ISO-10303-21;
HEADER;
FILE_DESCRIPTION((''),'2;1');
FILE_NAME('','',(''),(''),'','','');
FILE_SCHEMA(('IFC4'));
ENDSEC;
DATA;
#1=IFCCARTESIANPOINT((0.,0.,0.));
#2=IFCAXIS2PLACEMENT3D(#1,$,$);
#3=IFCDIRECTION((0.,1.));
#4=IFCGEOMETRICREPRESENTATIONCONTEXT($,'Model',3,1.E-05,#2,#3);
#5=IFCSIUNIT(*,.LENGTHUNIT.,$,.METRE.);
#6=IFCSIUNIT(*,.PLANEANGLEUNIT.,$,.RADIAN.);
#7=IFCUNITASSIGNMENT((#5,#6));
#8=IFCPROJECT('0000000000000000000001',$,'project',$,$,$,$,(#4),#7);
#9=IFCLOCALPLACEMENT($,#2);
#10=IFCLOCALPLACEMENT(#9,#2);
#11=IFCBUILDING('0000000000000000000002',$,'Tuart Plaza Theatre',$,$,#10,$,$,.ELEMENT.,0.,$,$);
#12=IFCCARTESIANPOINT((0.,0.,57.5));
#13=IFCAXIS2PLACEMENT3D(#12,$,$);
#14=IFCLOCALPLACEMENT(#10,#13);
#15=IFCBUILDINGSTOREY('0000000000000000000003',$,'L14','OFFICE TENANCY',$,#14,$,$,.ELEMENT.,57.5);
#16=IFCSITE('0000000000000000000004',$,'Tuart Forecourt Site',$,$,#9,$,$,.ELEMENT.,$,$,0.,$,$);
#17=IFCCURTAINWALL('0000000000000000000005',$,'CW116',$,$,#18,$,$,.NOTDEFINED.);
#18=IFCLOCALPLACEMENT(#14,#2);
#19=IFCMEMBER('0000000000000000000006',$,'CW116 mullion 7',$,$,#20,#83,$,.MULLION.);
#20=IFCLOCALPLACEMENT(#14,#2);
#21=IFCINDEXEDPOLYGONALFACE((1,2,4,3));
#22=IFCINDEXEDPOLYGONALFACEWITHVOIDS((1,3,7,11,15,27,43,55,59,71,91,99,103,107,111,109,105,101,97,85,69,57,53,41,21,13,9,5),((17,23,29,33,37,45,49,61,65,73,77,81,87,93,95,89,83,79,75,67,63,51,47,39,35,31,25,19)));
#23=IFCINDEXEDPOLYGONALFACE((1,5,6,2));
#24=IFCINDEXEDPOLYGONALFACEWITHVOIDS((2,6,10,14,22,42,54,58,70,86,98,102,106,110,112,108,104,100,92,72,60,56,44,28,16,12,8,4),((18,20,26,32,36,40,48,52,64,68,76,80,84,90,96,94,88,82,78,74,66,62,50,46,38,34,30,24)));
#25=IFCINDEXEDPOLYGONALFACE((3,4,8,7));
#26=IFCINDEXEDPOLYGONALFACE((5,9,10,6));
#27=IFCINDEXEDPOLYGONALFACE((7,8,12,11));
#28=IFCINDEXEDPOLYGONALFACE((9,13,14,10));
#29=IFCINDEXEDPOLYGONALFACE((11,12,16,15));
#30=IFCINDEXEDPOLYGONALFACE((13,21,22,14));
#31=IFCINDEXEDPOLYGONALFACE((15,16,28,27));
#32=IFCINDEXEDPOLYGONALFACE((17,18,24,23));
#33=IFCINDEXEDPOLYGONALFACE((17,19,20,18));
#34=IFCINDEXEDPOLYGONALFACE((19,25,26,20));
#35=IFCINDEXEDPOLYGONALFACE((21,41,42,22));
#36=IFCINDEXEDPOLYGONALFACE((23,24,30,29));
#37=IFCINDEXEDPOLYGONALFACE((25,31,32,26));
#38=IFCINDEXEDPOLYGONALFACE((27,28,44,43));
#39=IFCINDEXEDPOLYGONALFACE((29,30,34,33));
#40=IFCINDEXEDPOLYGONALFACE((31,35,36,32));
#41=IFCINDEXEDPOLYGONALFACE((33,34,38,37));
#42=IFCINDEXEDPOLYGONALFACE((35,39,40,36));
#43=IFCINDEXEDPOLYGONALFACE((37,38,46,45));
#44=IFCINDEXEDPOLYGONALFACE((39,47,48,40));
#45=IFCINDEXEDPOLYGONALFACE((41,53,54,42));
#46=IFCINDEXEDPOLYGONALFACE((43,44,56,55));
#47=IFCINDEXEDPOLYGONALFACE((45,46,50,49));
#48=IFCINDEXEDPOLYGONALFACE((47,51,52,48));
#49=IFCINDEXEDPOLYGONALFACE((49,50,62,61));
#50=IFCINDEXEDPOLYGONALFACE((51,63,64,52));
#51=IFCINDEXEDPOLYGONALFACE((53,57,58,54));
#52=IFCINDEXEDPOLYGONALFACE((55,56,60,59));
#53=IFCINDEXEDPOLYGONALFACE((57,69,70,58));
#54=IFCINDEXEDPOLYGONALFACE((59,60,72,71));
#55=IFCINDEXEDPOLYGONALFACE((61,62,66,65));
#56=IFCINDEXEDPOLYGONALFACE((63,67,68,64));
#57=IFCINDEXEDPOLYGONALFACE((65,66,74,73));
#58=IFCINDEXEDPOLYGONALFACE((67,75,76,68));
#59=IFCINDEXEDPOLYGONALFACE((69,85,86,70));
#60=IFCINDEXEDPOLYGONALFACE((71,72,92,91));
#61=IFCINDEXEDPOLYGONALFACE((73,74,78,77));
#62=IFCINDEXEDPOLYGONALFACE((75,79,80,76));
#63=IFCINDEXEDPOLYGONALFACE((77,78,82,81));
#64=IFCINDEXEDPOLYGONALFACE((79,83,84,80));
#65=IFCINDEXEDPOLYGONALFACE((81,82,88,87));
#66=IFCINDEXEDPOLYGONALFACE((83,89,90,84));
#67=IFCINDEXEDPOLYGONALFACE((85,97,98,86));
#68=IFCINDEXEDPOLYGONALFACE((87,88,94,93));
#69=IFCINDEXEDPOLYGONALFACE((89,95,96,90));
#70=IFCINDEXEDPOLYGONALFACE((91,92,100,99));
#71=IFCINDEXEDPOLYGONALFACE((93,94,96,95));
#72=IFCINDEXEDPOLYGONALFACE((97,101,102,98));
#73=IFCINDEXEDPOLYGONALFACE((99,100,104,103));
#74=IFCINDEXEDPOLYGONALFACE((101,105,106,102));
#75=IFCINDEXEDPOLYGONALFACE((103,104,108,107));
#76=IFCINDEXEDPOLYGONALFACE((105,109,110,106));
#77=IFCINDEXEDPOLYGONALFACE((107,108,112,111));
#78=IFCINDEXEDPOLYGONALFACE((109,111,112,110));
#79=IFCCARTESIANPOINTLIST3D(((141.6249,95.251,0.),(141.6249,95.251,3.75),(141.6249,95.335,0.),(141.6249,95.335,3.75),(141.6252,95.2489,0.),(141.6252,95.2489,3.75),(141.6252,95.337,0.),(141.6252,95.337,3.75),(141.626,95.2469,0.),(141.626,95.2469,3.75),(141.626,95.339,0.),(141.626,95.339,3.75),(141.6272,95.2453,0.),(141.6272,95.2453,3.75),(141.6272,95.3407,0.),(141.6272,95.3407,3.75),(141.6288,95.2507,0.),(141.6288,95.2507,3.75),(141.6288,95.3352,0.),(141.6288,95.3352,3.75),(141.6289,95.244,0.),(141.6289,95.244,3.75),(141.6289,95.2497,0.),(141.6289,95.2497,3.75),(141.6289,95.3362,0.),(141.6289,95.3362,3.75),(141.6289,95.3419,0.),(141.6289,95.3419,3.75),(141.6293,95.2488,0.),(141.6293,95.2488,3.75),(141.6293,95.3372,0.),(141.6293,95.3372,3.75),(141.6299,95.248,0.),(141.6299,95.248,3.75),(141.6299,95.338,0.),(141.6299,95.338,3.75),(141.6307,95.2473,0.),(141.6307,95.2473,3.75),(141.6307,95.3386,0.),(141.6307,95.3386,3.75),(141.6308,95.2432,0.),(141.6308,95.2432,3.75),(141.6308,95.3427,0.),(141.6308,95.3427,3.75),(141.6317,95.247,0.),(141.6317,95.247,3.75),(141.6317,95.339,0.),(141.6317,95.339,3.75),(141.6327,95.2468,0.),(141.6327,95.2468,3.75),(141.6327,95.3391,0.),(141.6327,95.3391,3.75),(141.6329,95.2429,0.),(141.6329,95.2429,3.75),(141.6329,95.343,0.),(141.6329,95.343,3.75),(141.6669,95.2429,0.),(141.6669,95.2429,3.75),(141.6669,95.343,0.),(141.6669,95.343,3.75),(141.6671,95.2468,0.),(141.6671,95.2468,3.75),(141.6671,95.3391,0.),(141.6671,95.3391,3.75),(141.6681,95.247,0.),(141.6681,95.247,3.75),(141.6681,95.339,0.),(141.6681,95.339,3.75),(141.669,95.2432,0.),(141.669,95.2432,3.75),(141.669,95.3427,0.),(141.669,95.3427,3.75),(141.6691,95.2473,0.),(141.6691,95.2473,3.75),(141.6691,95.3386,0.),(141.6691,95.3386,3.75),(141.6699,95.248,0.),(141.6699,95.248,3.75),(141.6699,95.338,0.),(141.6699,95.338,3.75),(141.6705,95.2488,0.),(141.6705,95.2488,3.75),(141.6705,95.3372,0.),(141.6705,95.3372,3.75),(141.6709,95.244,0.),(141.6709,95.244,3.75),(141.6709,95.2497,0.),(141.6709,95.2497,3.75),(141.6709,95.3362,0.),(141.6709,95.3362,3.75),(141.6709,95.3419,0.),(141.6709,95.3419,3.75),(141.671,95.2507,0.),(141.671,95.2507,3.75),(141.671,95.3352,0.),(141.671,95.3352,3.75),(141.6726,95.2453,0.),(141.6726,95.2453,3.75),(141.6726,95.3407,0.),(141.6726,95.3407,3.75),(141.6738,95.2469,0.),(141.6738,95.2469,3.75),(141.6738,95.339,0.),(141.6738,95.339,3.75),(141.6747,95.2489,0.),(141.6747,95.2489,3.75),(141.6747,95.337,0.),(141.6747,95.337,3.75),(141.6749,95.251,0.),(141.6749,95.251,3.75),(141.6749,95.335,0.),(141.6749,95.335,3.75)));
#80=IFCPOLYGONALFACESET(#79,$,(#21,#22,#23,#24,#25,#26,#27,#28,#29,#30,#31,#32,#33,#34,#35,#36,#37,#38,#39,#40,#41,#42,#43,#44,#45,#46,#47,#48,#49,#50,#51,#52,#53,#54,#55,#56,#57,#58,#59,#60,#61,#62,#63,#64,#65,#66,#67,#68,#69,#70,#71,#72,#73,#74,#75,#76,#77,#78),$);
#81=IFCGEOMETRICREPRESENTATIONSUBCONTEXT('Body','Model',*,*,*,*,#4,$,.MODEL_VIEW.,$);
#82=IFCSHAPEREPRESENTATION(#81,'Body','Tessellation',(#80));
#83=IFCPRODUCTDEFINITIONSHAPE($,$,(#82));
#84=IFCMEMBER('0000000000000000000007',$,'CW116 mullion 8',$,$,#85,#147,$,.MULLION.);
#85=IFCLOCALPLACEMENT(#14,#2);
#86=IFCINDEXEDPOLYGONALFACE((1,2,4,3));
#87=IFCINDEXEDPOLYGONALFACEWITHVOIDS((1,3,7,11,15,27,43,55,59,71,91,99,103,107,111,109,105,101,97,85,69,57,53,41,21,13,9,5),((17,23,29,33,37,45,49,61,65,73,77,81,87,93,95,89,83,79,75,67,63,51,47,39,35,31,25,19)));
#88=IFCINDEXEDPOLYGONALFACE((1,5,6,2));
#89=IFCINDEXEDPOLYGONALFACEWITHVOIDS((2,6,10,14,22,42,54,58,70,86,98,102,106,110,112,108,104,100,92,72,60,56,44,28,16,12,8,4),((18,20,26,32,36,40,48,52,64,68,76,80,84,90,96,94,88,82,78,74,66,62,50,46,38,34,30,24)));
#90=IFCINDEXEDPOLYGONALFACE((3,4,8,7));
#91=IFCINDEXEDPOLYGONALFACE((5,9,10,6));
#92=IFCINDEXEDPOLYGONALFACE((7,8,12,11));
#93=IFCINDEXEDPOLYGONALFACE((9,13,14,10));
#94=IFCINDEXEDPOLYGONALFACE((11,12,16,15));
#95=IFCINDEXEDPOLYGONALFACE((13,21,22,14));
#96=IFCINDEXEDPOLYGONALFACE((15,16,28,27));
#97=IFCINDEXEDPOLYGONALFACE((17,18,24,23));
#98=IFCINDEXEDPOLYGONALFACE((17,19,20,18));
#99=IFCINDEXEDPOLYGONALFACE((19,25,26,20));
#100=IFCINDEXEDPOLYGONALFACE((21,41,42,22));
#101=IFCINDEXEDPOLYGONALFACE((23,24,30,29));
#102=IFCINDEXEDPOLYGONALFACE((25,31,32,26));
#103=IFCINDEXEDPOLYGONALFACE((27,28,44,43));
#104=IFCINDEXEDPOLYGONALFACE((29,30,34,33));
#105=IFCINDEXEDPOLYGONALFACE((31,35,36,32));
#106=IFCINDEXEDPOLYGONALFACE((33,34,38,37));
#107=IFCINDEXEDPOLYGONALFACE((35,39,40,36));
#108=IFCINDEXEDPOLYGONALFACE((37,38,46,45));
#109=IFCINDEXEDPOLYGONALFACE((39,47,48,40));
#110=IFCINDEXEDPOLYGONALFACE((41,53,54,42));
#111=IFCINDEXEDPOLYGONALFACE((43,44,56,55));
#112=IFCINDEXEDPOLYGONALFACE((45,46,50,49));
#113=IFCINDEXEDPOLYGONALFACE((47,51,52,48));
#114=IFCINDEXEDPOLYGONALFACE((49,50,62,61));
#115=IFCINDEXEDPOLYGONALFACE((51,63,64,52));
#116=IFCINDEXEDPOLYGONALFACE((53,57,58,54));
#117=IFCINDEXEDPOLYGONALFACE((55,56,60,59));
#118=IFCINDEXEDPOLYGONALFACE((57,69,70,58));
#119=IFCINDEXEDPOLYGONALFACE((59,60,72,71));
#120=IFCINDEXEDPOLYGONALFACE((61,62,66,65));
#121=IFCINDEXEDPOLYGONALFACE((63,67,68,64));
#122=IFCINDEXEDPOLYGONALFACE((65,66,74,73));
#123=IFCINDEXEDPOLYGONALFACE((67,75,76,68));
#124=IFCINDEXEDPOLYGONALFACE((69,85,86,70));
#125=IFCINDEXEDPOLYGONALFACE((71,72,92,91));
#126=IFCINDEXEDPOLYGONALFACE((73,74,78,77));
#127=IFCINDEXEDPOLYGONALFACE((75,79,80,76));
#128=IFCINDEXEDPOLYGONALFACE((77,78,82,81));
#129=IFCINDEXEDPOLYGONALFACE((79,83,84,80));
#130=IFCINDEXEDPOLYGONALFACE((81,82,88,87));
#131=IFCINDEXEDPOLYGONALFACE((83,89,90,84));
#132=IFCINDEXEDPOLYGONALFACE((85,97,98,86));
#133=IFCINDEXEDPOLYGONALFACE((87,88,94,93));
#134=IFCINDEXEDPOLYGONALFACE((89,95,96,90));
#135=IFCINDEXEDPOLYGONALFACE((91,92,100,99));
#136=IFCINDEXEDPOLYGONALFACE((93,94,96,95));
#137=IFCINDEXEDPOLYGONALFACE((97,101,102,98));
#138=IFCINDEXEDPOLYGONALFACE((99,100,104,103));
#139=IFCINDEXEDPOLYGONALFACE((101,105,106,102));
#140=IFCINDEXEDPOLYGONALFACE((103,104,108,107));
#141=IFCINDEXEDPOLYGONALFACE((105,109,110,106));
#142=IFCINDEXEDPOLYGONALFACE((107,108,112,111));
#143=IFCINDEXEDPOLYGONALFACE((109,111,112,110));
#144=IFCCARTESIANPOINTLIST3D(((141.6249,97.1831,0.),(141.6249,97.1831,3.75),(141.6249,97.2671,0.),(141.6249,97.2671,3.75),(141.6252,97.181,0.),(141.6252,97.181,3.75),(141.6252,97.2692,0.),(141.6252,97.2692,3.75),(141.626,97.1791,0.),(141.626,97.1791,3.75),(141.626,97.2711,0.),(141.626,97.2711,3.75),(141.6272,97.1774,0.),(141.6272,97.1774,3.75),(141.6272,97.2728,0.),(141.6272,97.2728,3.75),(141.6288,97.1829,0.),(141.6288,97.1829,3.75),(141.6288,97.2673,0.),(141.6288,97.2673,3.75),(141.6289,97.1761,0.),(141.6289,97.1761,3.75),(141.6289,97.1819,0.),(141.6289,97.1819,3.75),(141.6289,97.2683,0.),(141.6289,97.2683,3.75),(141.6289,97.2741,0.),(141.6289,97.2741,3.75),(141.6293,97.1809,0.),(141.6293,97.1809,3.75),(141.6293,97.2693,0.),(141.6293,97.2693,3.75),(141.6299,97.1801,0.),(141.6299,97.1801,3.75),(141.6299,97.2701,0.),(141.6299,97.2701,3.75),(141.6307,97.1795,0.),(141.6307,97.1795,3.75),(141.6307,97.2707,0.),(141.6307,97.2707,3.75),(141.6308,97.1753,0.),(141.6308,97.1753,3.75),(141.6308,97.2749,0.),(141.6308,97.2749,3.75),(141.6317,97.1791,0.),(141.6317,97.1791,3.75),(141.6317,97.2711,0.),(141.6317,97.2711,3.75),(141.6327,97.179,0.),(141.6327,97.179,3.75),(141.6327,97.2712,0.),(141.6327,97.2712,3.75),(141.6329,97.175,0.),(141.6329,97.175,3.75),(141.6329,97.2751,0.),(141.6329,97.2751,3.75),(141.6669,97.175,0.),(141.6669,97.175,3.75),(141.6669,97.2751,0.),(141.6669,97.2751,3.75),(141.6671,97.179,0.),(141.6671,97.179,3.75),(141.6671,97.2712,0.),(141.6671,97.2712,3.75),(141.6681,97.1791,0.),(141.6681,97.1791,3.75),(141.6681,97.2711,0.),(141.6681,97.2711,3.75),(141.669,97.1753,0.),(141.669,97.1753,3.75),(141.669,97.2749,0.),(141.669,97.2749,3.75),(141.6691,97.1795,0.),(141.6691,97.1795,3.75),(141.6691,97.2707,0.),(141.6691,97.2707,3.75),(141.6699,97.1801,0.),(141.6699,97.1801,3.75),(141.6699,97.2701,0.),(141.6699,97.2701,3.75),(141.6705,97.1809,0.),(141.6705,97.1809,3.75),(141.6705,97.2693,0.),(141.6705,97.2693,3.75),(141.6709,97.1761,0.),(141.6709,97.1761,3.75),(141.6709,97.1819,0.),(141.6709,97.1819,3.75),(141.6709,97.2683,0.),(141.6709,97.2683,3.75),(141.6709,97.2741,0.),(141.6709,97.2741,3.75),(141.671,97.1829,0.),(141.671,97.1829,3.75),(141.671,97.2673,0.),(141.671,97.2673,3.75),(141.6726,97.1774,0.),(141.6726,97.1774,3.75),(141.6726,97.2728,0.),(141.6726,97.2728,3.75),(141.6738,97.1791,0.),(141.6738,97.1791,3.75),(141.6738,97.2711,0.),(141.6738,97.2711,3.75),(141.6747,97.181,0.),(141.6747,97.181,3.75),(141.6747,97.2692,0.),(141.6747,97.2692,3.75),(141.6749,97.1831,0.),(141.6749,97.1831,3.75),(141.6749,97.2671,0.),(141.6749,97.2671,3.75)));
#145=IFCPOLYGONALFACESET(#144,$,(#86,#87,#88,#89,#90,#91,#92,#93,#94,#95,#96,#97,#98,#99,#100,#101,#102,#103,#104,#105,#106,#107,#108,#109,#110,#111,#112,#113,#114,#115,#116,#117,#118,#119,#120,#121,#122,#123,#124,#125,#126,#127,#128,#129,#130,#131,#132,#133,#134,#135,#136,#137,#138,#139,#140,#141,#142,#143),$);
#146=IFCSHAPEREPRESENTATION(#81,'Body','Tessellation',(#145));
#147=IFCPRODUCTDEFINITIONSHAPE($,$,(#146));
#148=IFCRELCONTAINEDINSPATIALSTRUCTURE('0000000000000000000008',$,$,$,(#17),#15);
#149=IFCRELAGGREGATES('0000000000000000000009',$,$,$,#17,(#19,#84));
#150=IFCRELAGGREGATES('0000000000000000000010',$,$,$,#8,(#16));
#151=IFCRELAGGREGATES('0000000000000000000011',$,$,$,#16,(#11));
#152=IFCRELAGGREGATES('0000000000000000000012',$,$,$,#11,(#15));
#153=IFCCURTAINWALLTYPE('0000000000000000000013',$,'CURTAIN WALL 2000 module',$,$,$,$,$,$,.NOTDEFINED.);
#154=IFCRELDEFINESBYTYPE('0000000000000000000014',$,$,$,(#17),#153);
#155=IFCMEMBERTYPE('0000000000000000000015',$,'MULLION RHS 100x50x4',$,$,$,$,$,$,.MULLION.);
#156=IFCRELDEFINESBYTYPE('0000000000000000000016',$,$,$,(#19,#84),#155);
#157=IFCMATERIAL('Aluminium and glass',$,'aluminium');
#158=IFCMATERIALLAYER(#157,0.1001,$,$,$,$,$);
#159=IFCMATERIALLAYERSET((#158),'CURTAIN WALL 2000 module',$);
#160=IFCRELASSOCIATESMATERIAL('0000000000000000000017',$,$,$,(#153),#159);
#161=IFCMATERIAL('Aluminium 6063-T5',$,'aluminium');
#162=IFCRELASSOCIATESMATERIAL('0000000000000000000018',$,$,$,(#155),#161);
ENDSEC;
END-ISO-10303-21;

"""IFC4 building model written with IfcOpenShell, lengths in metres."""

from ifc_helpers import new_model, si_unit, direction, frame, origin, origin_2d, place, context, subcontext, project, spatial, hollow_rectangle, extrude, material, layer, layer_set, material_profile, profile_set, type_object, element, aggregate, save


model = new_model("IFC4")

# Units and contexts
model_context = context("Model", 3, precision=1e-05, world=origin(), true_north=direction((0.0, 1.0)))
body_context = subcontext(model_context, "Body", "Model", "MODEL_VIEW")
ifc_project = project(units=[si_unit("LENGTHUNIT", "METRE"), si_unit("PLANEANGLEUNIT", "RADIAN")], contexts=[model_context])

# Site, building, storey
site_placement = place(None, origin())
site = spatial("IfcSite", under=ifc_project, at=site_placement, Name="Tuart Forecourt Site", CompositionType="ELEMENT", RefElevation=0.0)
building_placement = place(site_placement, origin())
building = spatial("IfcBuilding", under=site, at=building_placement, Name="Tuart Plaza Theatre", CompositionType="ELEMENT", ElevationOfRefHeight=0.0)
storey_placement = place(building_placement, frame((0.0, 0.0, 57.5)))
storey = spatial("IfcBuildingStorey", under=building, at=storey_placement, Name="L14", Description="OFFICE TENANCY", CompositionType="ELEMENT", Elevation=57.5)

# Curtain wall, members
ifc_material_1 = material(Name="Aluminium and glass", Category="aluminium")
ifc_layer_1 = layer(ifc_material_1, 0.1001)
ifc_layer_set_1 = layer_set([ifc_layer_1], Name="CURTAIN WALL 2000 module")
curtain_wall_type = type_object("IfcCurtainWallType", Name="CURTAIN WALL 2000 module", PredefinedType="NOTDEFINED", material=ifc_layer_set_1)
curtain_wall_1_placement = place(storey_placement, origin())
curtain_wall_1 = element("IfcCurtainWall", 1, at=curtain_wall_1_placement, inside=storey, type_object=curtain_wall_type, Name="CW116", PredefinedType="NOTDEFINED")
ifc_material_2 = material(Name="Aluminium 6063-T5", Category="aluminium")
ifc_material_profile_1 = material_profile(ifc_material_2, hollow_rectangle(XDim=0.05, YDim=0.1001, WallThickness=0.0039, InnerFilletRadius=0.0039, OuterFilletRadius=0.0081, at=origin_2d()), Name="RHS 100x50x4")
ifc_profile_set_1 = profile_set([ifc_material_profile_1], Name="Aluminium 6063-T5")
member_type_1 = type_object("IfcMemberType", Name="MULLION RHS 100x50x4", PredefinedType="MULLION", material=ifc_profile_set_1)
member_1_placement = place(storey_placement, frame((141.6499, 95.293, 0.0), z_axis=(0.0, 0.0, 1.0), x_axis=(-1.0, 0.0, 0.0)))
member_1 = element("IfcMember", 2, at=member_1_placement, type_object=member_type_1, Name="CW116 mullion 7", PredefinedType="MULLION", context=body_context, shape_type="SweptSolid", body=[
    extrude(hollow_rectangle(XDim=0.05, YDim=0.1001, WallThickness=0.0039, InnerFilletRadius=0.0039, OuterFilletRadius=0.0081, at=origin_2d()), origin(), (0.0, 0.0, 1.0), 3.75),
])
member_2_placement = place(storey_placement, frame((141.6499, 97.2251, 0.0), z_axis=(0.0, 0.0, 1.0), x_axis=(-1.0, 0.0, 0.0)))
member_2 = element("IfcMember", 3, at=member_2_placement, type_object=member_type_1, Name="CW116 mullion 8", PredefinedType="MULLION", context=body_context, shape_type="SweptSolid", body=[
    extrude(hollow_rectangle(XDim=0.05, YDim=0.1001, WallThickness=0.0039, InnerFilletRadius=0.0039, OuterFilletRadius=0.0081, at=origin_2d()), origin(), (0.0, 0.0, 1.0), 3.75),
])

aggregate(curtain_wall_1, [member_1, member_2])

save(model, "model.ifc")
